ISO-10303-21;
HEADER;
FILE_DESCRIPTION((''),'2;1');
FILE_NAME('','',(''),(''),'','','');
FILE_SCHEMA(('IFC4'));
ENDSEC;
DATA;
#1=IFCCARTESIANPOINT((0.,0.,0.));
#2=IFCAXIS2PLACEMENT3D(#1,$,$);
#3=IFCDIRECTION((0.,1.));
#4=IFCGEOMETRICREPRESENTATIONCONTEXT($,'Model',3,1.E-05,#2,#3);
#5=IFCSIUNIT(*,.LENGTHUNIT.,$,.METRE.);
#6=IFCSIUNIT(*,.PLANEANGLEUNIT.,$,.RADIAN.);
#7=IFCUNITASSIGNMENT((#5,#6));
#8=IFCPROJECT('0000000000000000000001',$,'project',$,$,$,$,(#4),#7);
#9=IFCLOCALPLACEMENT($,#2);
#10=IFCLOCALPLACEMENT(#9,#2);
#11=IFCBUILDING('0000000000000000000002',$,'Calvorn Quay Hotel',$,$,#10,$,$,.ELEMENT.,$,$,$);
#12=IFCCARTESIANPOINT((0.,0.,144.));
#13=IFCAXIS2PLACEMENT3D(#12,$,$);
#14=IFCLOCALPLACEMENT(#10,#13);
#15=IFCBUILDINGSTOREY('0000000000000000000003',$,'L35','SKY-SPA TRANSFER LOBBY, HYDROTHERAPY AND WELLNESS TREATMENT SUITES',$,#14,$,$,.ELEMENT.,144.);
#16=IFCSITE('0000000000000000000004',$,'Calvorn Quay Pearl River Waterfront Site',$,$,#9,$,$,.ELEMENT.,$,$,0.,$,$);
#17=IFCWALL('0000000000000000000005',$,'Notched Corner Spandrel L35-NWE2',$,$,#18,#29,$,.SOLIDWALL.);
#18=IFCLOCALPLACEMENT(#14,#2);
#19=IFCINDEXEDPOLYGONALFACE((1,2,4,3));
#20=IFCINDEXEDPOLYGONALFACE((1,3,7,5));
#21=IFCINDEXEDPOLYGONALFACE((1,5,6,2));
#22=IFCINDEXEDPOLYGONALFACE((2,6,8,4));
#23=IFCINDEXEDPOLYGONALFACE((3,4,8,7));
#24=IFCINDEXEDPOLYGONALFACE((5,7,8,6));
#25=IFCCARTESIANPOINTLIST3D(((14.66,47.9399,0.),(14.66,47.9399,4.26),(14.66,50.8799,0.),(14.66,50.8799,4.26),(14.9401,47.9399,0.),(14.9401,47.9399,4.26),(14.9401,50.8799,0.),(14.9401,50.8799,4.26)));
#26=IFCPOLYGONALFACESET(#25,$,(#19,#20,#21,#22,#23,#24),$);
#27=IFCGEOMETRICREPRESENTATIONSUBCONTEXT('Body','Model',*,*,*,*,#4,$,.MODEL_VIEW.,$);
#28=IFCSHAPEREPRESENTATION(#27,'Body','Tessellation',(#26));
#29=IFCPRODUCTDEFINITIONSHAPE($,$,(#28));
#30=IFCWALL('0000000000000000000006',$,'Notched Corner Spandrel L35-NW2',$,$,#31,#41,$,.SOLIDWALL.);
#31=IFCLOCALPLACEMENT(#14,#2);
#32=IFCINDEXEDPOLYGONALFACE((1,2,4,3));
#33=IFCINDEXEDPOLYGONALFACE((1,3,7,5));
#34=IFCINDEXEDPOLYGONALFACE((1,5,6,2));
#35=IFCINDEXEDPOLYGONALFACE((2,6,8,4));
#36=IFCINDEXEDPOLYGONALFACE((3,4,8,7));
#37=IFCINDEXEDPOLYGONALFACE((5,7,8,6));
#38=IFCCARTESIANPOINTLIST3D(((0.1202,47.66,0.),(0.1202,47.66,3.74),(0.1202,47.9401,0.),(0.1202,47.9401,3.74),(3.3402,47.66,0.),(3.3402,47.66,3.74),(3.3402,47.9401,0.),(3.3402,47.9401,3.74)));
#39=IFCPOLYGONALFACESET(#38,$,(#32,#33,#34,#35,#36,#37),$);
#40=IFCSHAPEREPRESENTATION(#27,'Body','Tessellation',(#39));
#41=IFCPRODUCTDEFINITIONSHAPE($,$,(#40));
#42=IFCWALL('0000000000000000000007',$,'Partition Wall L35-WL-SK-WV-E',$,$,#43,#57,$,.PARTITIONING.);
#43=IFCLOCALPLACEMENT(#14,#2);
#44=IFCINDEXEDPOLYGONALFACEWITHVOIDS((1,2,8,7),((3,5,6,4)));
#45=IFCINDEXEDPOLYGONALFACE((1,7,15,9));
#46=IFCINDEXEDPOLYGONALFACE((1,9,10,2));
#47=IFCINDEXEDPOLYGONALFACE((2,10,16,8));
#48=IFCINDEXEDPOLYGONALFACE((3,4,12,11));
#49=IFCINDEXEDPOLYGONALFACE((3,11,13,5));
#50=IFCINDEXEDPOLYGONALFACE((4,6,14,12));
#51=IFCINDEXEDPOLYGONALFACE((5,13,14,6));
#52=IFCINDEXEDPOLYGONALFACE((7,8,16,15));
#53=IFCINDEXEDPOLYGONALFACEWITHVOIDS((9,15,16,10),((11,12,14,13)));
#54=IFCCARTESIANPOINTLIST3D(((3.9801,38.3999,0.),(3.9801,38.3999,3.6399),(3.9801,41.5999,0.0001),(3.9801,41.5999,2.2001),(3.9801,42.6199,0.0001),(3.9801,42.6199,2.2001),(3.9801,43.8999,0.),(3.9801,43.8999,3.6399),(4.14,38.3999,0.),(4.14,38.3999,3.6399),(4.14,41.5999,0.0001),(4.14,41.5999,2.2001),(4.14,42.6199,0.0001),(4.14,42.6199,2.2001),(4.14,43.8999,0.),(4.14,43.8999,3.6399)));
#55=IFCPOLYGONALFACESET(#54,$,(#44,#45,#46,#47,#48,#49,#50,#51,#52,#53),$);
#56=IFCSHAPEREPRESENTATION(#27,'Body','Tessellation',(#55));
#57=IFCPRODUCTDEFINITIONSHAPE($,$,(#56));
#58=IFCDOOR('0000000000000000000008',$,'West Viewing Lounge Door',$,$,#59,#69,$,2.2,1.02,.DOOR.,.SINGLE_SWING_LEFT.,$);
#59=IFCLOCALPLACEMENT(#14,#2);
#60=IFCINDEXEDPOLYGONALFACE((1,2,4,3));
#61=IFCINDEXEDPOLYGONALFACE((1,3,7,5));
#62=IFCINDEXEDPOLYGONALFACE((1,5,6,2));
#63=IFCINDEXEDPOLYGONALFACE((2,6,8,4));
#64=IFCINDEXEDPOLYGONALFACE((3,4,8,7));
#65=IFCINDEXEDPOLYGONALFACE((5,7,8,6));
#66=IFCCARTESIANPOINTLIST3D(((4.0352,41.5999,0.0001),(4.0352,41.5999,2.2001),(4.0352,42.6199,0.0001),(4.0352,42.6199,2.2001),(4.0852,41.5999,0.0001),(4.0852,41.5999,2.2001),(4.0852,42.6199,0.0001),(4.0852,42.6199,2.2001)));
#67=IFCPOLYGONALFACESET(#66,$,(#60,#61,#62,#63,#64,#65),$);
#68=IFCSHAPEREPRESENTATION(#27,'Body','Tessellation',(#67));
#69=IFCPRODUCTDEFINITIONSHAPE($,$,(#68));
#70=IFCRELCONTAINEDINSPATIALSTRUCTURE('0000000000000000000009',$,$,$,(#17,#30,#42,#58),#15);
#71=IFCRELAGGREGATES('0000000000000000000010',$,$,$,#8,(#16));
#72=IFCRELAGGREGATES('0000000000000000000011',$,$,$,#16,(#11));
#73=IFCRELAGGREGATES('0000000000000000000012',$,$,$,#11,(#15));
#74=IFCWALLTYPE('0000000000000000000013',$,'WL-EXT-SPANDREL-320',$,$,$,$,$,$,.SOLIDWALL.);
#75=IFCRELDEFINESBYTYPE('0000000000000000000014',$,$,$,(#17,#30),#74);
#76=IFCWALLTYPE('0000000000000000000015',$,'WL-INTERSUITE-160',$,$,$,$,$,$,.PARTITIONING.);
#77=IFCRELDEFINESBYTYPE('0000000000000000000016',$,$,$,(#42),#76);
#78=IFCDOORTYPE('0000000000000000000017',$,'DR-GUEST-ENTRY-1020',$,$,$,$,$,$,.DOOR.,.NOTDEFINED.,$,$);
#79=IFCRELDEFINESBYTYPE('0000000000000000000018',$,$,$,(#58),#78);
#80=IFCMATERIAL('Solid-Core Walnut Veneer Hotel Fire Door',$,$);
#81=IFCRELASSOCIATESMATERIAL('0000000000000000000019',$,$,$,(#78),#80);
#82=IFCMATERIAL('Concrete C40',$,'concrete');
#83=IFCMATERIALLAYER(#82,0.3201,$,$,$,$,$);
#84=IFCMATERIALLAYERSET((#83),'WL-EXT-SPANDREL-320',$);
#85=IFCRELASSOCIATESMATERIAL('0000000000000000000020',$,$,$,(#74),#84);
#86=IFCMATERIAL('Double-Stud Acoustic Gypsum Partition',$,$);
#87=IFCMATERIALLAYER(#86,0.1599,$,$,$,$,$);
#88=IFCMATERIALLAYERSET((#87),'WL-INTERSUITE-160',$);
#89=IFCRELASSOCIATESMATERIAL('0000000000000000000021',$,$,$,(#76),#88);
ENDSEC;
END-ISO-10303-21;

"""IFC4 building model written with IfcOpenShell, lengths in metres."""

from ifc_helpers import new_model, si_unit, direction, frame, frame_2d, origin, place, context, subcontext, project, spatial, rectangle, extrude, material, layer, layer_set, type_object, element, fill, save


model = new_model("IFC4")

# Units and contexts
model_context = context("Model", 3, precision=1e-05, world=origin(), true_north=direction((0.0, 1.0)))
body_context = subcontext(model_context, "Body", "Model", "MODEL_VIEW")
ifc_project = project(units=[si_unit("LENGTHUNIT", "METRE"), si_unit("PLANEANGLEUNIT", "RADIAN")], contexts=[model_context])

# Site, building, storey
site_placement = place(None, origin())
site = spatial("IfcSite", under=ifc_project, at=site_placement, Name="Calvorn Quay Pearl River Waterfront Site", CompositionType="ELEMENT", RefElevation=0.0)
building_placement = place(site_placement, origin())
building = spatial("IfcBuilding", under=site, at=building_placement, Name="Calvorn Quay Hotel", CompositionType="ELEMENT")
storey_placement = place(building_placement, frame((0.0, 0.0, 144.0)))
storey = spatial("IfcBuildingStorey", under=building, at=storey_placement, Name="L35", Description="SKY-SPA TRANSFER LOBBY, HYDROTHERAPY AND WELLNESS TREATMENT SUITES", CompositionType="ELEMENT", Elevation=144.0)

# Shared definitions
ifc_material_1 = material(Name="Solid-Core Walnut Veneer Hotel Fire Door")
door_type_1 = type_object("IfcDoorType", Name="DR-GUEST-ENTRY-1020", OperationType="NOTDEFINED", PredefinedType="DOOR", material=ifc_material_1)

# Walls
ifc_material_2 = material(Name="Concrete C40", Category="concrete")
ifc_layer_1 = layer(ifc_material_2, 0.3201)
ifc_layer_set_1 = layer_set([ifc_layer_1], Name="WL-EXT-SPANDREL-320")
wall_type_1 = type_object("IfcWallType", Name="WL-EXT-SPANDREL-320", PredefinedType="SOLIDWALL", material=ifc_layer_set_1)
wall_1_placement = place(storey_placement, frame((14.8, 47.9399, 0.0), z_axis=(0.0, 0.0, 1.0), x_axis=(0.0, 1.0, 0.0)))
element("IfcWall", 1, at=wall_1_placement, inside=storey, type_object=wall_type_1, Name="Notched Corner Spandrel L35-NWE2", PredefinedType="SOLIDWALL", context=body_context, shape_type="SweptSolid", body=[
    extrude(rectangle(XDim=2.9399, YDim=0.28, at=frame_2d((1.47, 0.0))), origin(), (0.0, 0.0, 1.0), 4.26),
])
wall_2_placement = place(storey_placement, frame((3.3401, 47.8, 0.0), z_axis=(0.0, 0.0, 1.0), x_axis=(-1.0, 0.0, 0.0)))
element("IfcWall", 2, at=wall_2_placement, inside=storey, type_object=wall_type_1, Name="Notched Corner Spandrel L35-NW2", PredefinedType="SOLIDWALL", context=body_context, shape_type="SweptSolid", body=[
    extrude(rectangle(XDim=3.22, YDim=0.28, at=frame_2d((1.6099, 0.0))), origin(), (0.0, 0.0, 1.0), 3.74),
])

# Wall, opening, door
ifc_material_3 = material(Name="Double-Stud Acoustic Gypsum Partition")
ifc_layer_2 = layer(ifc_material_3, 0.1599)
ifc_layer_set_2 = layer_set([ifc_layer_2], Name="WL-INTERSUITE-160")
wall_type_2 = type_object("IfcWallType", Name="WL-INTERSUITE-160", PredefinedType="PARTITIONING", material=ifc_layer_set_2)
wall_3_placement = place(storey_placement, frame((4.0601, 38.3999, 0.0), z_axis=(0.0, 0.0, 1.0), x_axis=(0.0, 1.0, 0.0)))
wall_3 = element("IfcWall", 3, at=wall_3_placement, inside=storey, type_object=wall_type_2, Name="Partition Wall L35-WL-SK-WV-E", PredefinedType="PARTITIONING", context=body_context, shape_type="SweptSolid", body=[
    extrude(rectangle(XDim=5.5, YDim=0.1599, at=frame_2d((2.75, 0.0))), origin(), (0.0, 0.0, 1.0), 3.6399),
])
opening_1_placement = place(wall_3_placement, frame((3.2, 0.0, 0.0)))
opening_1 = element("IfcOpeningElement", 4, at=opening_1_placement, cuts=wall_3, PredefinedType="OPENING", context=body_context, shape_type="SweptSolid", body=[
    extrude(rectangle(XDim=1.02, YDim=2.2, at=frame_2d((0.51, 1.1001))), frame((0.0, 0.0898, 0.0), z_axis=(0.0, -1.0, 0.0), x_axis=(1.0, 0.0, 0.0)), (0.0, 0.0, 1.0), 0.1799),
])
door_1_placement = place(opening_1_placement, origin())
door_1 = element("IfcDoor", 5, at=door_1_placement, inside=storey, type_object=door_type_1, Name="West Viewing Lounge Door", OperationType="SINGLE_SWING_LEFT", OverallHeight=2.2, OverallWidth=1.02, PredefinedType="DOOR", context=body_context, shape_type="SweptSolid", body=[
    extrude(rectangle(XDim=1.02, YDim=2.2, at=frame_2d((0.51, 1.1001))), frame((0.0, 0.0249, 0.0), z_axis=(0.0, -1.0, 0.0), x_axis=(1.0, 0.0, 0.0)), (0.0, 0.0, 1.0), 0.05),
])
fill(opening_1, door_1)

save(model, "model.ifc")
